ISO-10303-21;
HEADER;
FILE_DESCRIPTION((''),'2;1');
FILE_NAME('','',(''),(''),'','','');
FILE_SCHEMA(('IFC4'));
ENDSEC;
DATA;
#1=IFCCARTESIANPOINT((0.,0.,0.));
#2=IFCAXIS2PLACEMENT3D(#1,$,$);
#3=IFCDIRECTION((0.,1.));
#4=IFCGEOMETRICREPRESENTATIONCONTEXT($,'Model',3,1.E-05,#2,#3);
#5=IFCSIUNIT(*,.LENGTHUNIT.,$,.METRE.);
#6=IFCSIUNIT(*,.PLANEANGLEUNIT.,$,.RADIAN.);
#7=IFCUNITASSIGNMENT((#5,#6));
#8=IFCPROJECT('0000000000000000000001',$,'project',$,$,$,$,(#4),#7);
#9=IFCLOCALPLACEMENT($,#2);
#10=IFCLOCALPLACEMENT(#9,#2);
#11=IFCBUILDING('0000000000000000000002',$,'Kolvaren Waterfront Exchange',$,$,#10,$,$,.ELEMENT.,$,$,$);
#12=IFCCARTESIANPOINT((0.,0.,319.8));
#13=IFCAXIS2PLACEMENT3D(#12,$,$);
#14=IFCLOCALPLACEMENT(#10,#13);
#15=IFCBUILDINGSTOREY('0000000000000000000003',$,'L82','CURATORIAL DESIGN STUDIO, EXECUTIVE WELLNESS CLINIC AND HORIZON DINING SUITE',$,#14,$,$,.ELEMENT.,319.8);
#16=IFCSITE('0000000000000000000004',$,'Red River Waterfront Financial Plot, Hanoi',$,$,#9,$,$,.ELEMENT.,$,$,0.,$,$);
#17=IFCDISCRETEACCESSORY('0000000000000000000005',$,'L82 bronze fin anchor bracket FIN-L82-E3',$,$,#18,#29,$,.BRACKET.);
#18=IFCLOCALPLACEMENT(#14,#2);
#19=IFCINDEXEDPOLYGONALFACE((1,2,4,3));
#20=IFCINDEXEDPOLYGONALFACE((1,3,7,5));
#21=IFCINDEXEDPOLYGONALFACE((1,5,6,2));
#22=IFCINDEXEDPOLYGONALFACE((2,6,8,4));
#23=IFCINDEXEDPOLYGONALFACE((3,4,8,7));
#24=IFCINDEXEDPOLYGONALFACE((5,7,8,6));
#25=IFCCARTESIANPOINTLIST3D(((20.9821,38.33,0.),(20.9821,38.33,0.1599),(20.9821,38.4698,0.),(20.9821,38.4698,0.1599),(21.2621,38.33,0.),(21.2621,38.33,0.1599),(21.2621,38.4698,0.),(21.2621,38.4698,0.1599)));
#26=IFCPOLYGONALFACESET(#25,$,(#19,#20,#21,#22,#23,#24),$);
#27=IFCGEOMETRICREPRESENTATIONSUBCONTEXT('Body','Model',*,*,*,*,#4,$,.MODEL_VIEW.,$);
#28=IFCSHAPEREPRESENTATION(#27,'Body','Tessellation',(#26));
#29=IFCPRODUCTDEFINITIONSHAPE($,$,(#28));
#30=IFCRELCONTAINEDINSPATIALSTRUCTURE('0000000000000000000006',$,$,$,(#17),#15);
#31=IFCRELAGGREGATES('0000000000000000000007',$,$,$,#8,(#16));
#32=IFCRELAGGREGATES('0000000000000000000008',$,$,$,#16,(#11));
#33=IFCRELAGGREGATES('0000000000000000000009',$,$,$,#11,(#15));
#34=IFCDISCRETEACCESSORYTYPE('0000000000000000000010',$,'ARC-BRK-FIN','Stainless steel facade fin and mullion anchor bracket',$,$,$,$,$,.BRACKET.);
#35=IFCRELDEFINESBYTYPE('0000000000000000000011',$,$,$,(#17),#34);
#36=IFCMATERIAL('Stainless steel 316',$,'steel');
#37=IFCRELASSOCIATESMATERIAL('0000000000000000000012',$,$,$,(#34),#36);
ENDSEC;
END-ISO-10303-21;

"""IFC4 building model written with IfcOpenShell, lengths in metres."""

from ifc_helpers import new_model, si_unit, direction, frame, origin, origin_with_axes, origin_2d, place, context, subcontext, project, spatial, rectangle, extrude, source, transform, mapped, material, type_object, element, save


model = new_model("IFC4")

# Units and contexts
model_context = context("Model", 3, precision=1e-05, world=origin(), true_north=direction((0.0, 1.0)))
body_context = subcontext(model_context, "Body", "Model", "MODEL_VIEW")
ifc_project = project(units=[si_unit("LENGTHUNIT", "METRE"), si_unit("PLANEANGLEUNIT", "RADIAN")], contexts=[model_context])

# Site, building, storey
site_placement = place(None, origin())
site = spatial("IfcSite", under=ifc_project, at=site_placement, Name="Red River Waterfront Financial Plot, Hanoi", CompositionType="ELEMENT", RefElevation=0.0)
building_placement = place(site_placement, origin())
building = spatial("IfcBuilding", under=site, at=building_placement, Name="Kolvaren Waterfront Exchange", CompositionType="ELEMENT")
storey_placement = place(building_placement, frame((0.0, 0.0, 319.8)))
storey = spatial("IfcBuildingStorey", under=building, at=storey_placement, Name="L82", Description="CURATORIAL DESIGN STUDIO, EXECUTIVE WELLNESS CLINIC AND HORIZON DINING SUITE", CompositionType="ELEMENT", Elevation=319.8)

# Shared definitions
ifc_material_1 = material(Name="Stainless steel 316", Category="steel")

# Discrete accessory
discrete_accessory_type = type_object("IfcDiscreteAccessoryType", Name="ARC-BRK-FIN", Description="Stainless steel facade fin and mullion anchor bracket", PredefinedType="BRACKET", material=ifc_material_1)
shared_shape_1 = source(origin_with_axes(), body_context, "Body", "SweptSolid", [
    extrude(rectangle(XDim=0.28, YDim=0.1399, at=origin_2d()), origin(), (0.0, 0.0, 1.0), 0.1599),
])
for number, where, z_axis, x_axis, name in (
    (1, (21.1221, 38.3999, 0.0), (0.0, 0.0, 1.0), (1.0, 0.0, 0.0), "L82 bronze fin anchor bracket FIN-L82-E3"),
):
    element("IfcDiscreteAccessory", number, at=place(storey_placement, frame(where, z_axis=z_axis, x_axis=x_axis)), inside=storey, type_object=discrete_accessory_type, Name=name, PredefinedType="BRACKET", context=body_context, shape_type="MappedRepresentation", body=[
        mapped(shared_shape_1, transform((0.0, 0.0, 0.0), x_axis=(1.0, 0.0, 0.0), y_axis=(0.0, 1.0, 0.0), z_axis=(0.0, 0.0, 1.0), scale=1.0)),
    ])

save(model, "model.ifc")
